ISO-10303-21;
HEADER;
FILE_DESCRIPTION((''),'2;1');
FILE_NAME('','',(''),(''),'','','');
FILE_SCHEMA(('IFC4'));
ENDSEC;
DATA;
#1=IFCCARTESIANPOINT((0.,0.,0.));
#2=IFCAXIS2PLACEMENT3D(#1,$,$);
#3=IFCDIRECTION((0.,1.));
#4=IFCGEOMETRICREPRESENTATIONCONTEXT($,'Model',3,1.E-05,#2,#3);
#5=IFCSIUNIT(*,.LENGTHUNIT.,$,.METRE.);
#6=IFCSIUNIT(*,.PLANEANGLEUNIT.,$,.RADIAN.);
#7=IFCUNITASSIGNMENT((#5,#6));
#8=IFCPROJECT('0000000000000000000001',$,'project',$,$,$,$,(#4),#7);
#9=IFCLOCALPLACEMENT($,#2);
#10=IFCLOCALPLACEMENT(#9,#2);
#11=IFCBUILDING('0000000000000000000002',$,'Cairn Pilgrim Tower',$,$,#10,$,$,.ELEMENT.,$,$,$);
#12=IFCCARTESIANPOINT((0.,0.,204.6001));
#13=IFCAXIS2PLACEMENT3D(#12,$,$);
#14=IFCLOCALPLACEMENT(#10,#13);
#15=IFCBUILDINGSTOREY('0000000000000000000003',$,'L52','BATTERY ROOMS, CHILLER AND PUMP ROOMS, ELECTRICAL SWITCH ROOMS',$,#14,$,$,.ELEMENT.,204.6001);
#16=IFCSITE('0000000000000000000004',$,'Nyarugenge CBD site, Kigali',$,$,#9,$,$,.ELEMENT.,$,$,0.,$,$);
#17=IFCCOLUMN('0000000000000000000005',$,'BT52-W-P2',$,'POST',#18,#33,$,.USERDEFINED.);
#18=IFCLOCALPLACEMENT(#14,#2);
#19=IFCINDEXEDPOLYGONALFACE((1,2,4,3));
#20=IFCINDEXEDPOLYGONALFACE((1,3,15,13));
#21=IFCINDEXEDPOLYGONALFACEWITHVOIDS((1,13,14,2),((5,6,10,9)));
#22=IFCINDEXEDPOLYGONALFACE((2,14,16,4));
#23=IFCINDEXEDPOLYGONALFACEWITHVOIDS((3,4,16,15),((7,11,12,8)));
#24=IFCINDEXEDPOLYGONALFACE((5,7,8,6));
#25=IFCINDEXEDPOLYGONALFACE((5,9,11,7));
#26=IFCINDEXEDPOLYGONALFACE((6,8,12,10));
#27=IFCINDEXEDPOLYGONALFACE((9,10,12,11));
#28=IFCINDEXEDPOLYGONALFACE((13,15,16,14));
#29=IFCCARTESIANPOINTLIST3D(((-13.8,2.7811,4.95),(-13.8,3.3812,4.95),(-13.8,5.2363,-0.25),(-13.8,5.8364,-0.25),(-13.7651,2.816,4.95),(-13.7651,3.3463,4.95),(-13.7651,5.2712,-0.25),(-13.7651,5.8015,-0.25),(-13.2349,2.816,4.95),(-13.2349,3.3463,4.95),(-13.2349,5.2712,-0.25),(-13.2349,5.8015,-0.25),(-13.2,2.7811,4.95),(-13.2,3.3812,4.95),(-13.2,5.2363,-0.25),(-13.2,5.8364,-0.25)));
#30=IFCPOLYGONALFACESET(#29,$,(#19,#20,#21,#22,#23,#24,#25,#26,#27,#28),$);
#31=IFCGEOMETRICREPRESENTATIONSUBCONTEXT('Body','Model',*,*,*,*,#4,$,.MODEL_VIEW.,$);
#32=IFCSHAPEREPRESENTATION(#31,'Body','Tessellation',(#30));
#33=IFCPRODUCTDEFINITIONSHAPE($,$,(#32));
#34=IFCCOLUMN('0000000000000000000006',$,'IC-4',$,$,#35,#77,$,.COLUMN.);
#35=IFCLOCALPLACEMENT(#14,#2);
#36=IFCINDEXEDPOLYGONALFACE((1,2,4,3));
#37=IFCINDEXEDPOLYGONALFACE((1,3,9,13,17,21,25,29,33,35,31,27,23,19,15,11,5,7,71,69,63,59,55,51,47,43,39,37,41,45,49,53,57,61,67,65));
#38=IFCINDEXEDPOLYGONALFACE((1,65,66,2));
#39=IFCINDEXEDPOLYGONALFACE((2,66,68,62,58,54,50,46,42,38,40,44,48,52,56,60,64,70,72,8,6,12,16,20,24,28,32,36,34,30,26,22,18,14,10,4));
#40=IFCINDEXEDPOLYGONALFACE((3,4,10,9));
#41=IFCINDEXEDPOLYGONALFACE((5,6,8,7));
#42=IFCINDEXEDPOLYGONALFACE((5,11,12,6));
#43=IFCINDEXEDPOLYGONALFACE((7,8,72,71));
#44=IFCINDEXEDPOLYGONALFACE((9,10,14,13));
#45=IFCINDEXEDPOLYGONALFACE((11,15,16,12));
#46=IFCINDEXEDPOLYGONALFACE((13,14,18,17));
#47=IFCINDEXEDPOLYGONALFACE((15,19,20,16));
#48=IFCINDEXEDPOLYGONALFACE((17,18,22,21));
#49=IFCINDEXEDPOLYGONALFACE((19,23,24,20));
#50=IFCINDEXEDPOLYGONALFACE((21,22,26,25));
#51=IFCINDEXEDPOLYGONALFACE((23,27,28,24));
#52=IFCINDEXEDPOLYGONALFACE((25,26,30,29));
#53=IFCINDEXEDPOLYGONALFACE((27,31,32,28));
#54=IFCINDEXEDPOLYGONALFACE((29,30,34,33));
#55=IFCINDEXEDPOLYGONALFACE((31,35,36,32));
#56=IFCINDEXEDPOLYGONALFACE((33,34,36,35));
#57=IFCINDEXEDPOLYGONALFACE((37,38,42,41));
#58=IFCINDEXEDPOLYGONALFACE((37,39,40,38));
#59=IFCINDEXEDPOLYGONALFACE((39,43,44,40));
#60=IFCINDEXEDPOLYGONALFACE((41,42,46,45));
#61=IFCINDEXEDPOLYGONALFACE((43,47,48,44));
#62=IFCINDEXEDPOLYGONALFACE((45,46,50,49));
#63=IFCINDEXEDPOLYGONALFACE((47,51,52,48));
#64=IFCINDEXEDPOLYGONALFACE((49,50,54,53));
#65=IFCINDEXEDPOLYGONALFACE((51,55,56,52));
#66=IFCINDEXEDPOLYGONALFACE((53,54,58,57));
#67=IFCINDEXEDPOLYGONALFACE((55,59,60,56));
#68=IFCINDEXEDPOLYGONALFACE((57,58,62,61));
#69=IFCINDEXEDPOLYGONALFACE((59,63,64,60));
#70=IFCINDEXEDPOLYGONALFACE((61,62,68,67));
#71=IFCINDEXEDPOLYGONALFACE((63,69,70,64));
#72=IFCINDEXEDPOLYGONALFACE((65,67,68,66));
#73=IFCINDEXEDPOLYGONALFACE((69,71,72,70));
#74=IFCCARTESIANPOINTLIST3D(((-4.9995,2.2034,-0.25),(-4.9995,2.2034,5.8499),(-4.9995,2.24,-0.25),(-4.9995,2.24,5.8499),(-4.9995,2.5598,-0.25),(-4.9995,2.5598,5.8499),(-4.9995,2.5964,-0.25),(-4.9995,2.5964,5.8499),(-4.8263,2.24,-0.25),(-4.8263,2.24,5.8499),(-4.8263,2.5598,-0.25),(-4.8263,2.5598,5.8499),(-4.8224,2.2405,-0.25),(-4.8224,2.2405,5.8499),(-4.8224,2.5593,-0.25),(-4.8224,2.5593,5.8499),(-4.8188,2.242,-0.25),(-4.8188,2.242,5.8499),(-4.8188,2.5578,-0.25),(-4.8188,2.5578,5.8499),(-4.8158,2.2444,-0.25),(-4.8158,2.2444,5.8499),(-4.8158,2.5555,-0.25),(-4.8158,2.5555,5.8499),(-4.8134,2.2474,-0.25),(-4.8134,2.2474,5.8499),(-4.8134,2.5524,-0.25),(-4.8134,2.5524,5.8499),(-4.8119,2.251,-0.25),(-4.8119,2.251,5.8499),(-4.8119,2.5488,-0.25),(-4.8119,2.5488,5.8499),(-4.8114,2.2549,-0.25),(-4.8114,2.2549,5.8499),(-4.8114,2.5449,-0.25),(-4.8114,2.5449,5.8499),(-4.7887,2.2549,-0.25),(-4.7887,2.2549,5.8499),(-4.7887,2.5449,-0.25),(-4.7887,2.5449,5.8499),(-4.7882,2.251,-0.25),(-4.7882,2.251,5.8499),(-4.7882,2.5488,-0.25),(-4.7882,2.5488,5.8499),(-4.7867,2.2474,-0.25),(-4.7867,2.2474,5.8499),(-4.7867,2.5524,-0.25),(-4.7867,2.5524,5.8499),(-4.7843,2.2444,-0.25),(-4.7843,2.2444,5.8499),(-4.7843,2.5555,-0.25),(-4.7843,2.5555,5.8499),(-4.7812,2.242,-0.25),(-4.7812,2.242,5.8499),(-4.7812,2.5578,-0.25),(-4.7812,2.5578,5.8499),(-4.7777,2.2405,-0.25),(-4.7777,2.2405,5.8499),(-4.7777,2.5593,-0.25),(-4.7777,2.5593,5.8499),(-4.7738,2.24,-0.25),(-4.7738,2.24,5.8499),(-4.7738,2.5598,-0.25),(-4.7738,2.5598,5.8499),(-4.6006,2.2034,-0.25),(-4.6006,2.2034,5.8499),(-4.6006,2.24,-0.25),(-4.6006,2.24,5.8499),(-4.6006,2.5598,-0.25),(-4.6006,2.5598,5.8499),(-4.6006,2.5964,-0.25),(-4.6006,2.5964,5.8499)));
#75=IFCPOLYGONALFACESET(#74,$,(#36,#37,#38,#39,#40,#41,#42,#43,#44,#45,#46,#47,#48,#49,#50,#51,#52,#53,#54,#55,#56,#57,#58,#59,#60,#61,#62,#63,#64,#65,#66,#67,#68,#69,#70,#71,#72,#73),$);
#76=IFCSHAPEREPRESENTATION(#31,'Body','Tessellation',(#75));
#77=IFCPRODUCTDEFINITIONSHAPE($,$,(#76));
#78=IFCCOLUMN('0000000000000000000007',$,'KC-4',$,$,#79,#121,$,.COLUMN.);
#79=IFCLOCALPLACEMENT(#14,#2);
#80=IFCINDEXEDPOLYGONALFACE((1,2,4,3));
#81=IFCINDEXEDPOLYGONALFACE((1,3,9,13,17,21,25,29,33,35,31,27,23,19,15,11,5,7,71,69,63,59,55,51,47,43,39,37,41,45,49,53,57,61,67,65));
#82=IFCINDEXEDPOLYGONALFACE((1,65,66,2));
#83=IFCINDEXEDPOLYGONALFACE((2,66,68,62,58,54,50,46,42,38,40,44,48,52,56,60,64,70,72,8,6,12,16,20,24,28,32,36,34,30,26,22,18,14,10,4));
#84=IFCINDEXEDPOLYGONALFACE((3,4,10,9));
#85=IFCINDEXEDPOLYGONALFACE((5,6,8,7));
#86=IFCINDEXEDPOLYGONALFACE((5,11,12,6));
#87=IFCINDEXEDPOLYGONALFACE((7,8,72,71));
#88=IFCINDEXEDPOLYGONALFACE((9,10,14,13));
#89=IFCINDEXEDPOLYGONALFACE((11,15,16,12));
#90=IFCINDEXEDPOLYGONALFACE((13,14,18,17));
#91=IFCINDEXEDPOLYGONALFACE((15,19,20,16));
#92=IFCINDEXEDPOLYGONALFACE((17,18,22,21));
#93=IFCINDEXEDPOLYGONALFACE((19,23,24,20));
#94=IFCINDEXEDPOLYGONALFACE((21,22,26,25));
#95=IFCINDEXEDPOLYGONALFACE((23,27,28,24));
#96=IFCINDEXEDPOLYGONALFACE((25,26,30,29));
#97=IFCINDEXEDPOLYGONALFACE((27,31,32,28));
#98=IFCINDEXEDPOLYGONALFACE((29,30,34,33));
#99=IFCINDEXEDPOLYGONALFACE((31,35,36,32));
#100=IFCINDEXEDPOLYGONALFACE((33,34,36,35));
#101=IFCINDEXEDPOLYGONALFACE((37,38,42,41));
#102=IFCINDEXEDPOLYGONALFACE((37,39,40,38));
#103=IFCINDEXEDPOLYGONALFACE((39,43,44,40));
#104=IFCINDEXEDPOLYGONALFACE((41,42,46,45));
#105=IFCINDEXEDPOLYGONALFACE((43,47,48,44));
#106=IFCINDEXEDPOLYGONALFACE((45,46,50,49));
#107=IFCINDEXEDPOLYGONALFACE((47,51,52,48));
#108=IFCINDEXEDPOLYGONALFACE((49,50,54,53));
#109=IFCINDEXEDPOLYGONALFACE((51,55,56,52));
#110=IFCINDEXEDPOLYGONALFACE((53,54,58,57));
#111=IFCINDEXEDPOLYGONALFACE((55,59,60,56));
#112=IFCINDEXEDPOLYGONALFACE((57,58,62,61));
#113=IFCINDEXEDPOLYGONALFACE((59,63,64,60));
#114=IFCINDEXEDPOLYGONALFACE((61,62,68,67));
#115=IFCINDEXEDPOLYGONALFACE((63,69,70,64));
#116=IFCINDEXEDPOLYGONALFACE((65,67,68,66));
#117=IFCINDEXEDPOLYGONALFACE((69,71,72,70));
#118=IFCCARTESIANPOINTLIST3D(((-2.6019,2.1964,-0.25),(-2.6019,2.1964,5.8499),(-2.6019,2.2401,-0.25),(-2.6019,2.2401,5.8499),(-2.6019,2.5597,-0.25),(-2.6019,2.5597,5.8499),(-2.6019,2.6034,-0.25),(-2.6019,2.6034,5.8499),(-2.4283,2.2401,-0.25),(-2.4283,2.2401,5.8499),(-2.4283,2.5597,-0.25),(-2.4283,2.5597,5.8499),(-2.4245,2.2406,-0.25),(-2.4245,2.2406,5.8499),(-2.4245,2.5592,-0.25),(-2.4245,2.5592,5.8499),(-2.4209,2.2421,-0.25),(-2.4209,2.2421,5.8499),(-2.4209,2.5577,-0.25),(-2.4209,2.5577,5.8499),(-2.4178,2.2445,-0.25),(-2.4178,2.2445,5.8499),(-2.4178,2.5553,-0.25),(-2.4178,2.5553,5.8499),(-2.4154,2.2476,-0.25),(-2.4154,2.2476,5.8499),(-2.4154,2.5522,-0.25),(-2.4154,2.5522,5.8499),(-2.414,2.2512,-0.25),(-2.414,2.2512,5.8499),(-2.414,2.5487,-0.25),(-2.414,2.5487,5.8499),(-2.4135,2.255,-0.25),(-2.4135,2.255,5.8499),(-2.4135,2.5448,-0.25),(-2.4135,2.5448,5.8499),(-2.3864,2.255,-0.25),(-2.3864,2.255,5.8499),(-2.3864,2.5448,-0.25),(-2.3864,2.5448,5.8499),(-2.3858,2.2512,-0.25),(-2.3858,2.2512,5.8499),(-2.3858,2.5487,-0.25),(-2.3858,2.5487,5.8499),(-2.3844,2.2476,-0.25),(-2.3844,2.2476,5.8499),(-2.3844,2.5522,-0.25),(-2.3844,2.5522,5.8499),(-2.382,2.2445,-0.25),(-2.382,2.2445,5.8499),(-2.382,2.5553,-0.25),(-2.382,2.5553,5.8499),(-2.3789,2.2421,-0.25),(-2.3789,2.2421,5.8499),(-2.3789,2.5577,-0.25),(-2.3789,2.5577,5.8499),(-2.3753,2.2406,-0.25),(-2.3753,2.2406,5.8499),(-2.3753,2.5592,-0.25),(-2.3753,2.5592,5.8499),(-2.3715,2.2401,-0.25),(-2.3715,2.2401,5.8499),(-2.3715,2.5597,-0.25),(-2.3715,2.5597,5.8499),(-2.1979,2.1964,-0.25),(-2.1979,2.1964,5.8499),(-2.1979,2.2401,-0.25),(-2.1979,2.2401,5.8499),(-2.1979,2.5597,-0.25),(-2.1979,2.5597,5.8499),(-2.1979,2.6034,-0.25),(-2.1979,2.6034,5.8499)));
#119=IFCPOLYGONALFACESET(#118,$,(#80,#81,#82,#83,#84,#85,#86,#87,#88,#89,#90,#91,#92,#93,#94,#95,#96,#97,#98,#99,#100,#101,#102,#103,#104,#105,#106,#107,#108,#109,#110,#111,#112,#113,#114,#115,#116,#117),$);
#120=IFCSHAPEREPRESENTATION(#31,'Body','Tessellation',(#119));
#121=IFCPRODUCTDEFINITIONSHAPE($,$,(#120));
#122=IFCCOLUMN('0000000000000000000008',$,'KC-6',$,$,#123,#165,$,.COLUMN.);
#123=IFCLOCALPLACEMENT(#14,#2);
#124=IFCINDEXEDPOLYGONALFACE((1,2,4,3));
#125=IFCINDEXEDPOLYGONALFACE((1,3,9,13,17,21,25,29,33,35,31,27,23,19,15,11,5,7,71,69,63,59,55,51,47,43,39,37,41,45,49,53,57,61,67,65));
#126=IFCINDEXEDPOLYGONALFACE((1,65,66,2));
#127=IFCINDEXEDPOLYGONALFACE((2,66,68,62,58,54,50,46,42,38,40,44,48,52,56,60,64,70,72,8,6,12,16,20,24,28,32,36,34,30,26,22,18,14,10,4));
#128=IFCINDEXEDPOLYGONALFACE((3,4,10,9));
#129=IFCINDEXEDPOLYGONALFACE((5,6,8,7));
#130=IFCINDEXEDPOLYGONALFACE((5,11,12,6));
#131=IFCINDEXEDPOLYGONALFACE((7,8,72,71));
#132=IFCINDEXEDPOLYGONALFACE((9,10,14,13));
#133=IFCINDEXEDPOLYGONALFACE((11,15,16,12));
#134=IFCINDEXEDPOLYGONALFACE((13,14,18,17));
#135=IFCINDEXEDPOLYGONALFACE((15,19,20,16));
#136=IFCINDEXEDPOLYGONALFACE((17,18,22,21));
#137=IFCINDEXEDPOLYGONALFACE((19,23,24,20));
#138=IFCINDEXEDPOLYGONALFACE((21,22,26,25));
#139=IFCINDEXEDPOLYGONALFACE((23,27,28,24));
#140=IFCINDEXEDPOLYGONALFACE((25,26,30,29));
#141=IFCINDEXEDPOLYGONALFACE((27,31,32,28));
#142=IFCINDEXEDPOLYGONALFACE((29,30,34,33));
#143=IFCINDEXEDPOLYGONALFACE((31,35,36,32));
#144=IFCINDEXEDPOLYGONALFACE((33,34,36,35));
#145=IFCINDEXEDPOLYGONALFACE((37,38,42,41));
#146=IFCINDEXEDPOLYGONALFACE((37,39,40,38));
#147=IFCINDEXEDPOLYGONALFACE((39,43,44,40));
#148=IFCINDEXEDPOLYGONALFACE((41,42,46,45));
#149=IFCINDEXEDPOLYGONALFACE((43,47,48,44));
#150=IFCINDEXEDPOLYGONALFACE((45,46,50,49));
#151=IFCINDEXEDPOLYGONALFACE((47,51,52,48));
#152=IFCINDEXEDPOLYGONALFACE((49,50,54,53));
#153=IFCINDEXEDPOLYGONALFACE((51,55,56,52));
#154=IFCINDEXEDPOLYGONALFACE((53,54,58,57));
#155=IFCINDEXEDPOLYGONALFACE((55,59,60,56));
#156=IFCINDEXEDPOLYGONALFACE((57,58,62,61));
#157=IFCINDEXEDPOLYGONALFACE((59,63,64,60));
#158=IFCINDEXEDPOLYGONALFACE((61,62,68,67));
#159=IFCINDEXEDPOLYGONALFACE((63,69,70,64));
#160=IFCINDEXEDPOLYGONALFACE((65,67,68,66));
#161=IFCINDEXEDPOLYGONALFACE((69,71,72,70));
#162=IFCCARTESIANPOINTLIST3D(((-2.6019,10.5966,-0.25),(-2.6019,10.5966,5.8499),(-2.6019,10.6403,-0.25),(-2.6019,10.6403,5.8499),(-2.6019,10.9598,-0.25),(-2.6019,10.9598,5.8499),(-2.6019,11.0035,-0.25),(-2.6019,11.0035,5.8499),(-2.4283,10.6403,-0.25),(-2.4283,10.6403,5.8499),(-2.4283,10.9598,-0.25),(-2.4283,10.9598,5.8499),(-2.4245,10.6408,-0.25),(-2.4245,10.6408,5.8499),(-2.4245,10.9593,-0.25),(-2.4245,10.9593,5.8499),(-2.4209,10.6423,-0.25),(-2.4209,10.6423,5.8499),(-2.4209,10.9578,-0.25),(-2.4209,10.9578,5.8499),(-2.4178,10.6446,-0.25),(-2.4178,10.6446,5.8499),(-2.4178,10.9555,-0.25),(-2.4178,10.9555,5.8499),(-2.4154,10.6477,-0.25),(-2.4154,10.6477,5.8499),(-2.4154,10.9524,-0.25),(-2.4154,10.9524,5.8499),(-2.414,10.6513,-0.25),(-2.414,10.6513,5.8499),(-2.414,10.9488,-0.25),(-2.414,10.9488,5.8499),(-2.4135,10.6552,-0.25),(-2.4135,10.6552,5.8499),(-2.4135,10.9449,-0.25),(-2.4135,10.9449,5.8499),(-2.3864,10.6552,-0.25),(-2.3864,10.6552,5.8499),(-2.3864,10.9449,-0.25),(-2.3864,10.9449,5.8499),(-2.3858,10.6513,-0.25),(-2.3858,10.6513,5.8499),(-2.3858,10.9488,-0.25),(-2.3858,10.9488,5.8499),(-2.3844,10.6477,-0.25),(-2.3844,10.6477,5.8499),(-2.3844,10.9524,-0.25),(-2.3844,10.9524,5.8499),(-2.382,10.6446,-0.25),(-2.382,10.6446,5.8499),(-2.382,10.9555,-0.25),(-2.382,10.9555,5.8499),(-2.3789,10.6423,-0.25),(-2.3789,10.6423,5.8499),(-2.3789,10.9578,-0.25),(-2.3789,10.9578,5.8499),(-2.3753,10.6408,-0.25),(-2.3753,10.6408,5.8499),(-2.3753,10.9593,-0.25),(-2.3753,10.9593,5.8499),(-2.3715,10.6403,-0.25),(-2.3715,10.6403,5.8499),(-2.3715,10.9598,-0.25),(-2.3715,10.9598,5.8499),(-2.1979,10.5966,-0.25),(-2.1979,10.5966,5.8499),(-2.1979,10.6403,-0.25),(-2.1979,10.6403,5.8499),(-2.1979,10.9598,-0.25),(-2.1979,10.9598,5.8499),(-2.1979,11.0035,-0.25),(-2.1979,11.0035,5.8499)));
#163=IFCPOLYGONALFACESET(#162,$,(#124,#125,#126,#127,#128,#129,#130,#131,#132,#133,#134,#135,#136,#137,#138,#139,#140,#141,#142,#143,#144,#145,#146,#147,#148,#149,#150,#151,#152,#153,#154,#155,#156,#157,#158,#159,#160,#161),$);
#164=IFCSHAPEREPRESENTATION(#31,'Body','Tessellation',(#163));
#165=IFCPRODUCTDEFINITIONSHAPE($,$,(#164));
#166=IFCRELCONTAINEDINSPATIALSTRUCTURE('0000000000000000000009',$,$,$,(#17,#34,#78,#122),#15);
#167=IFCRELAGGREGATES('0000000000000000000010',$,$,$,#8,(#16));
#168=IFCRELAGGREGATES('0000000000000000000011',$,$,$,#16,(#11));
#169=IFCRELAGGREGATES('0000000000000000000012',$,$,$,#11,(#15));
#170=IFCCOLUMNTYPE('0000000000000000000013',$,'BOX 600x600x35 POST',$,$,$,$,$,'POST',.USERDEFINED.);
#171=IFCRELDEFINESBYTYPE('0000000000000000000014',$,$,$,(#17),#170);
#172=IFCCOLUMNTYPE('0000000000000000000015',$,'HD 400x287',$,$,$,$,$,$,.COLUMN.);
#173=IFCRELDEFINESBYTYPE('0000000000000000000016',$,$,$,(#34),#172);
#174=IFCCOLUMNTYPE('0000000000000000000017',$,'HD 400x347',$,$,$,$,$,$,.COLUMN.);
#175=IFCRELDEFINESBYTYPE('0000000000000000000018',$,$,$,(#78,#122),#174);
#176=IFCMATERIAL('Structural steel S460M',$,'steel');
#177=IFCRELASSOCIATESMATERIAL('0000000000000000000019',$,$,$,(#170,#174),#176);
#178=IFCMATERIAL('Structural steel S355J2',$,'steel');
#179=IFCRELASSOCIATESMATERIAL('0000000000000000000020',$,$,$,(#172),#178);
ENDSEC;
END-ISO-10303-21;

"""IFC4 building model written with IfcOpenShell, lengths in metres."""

from ifc_helpers import new_model, si_unit, direction, frame, origin, origin_2d, place, context, subcontext, project, spatial, hollow_rectangle, i_section, extrude, clip, halfspace, material, material_profile, profile_set, type_object, element, save


model = new_model("IFC4")

# Units and contexts
model_context = context("Model", 3, precision=1e-05, world=origin(), true_north=direction((0.0, 1.0)))
body_context = subcontext(model_context, "Body", "Model", "MODEL_VIEW")
ifc_project = project(units=[si_unit("LENGTHUNIT", "METRE"), si_unit("PLANEANGLEUNIT", "RADIAN")], contexts=[model_context])

# Site, building, storey
site_placement = place(None, origin())
site = spatial("IfcSite", under=ifc_project, at=site_placement, Name="Nyarugenge CBD site, Kigali", CompositionType="ELEMENT", RefElevation=0.0)
building_placement = place(site_placement, origin())
building = spatial("IfcBuilding", under=site, at=building_placement, Name="Cairn Pilgrim Tower", CompositionType="ELEMENT")
storey_placement = place(building_placement, frame((0.0, 0.0, 204.6001)))
storey = spatial("IfcBuildingStorey", under=building, at=storey_placement, Name="L52", Description="BATTERY ROOMS, CHILLER AND PUMP ROOMS, ELECTRICAL SWITCH ROOMS", CompositionType="ELEMENT", Elevation=204.6001)

# Columns
ifc_material_1 = material(Name="Structural steel S460M", Category="steel")
ifc_material_profile_1 = material_profile(ifc_material_1, hollow_rectangle(XDim=0.6001, YDim=0.6001, WallThickness=0.0349, at=origin_2d()), Name="BOX 600x600x35")
ifc_profile_set_1 = profile_set([ifc_material_profile_1], Name="Structural steel S460M")
column_type_1 = type_object("IfcColumnType", Name="BOX 600x600x35 POST", ElementType="POST", PredefinedType="USERDEFINED", material=ifc_profile_set_1)
column_1_placement = place(storey_placement, frame((-13.5, 5.5364, -0.25), z_axis=(0.0, 0.0, 1.0), x_axis=(1.0, 0.0, 0.0)))
element("IfcColumn", 1, at=column_1_placement, inside=storey, type_object=column_type_1, Name="BT52-W-P2", ObjectType="POST", PredefinedType="USERDEFINED", context=body_context, shape_type="Clipping", body=[
    clip(extrude(hollow_rectangle(XDim=0.6001, YDim=0.6001, WallThickness=0.0349, at=origin_2d()), origin(), (0.0, -0.426963, 0.904269), 6.7456), halfspace(frame((0.0, 0.0, 5.2), z_axis=(0.0, 0.0, 1.0), x_axis=(1.0, 0.0, 0.0)), False)),
])
ifc_material_2 = material(Name="Structural steel S355J2", Category="steel")
ifc_material_profile_2 = material_profile(ifc_material_2, i_section(OverallWidth=0.3989, OverallDepth=0.3931, WebThickness=0.0227, FlangeThickness=0.0366, FilletRadius=0.0149, at=origin_2d()), Name="HD 400x287")
ifc_profile_set_2 = profile_set([ifc_material_profile_2], Name="Structural steel S355J2")
column_type_2 = type_object("IfcColumnType", Name="HD 400x287", PredefinedType="COLUMN", material=ifc_profile_set_2)
column_2_placement = place(storey_placement, frame((-4.8, 2.3999, -0.25), z_axis=(0.0, 0.0, 1.0), x_axis=(1.0, 0.0, 0.0)))
element("IfcColumn", 2, at=column_2_placement, inside=storey, type_object=column_type_2, Name="IC-4", PredefinedType="COLUMN", context=body_context, shape_type="SweptSolid", body=[
    extrude(i_section(OverallWidth=0.3989, OverallDepth=0.3931, WebThickness=0.0227, FlangeThickness=0.0366, FilletRadius=0.0149, at=origin_2d()), origin(), (0.0, 0.0, 1.0), 6.0999),
])
ifc_material_profile_3 = material_profile(ifc_material_1, i_section(OverallWidth=0.4041, OverallDepth=0.407, WebThickness=0.0271, FlangeThickness=0.0437, FilletRadius=0.0149, at=origin_2d()), Name="HD 400x347")
ifc_profile_set_3 = profile_set([ifc_material_profile_3], Name="Structural steel S460M")
column_type_3 = type_object("IfcColumnType", Name="HD 400x347", PredefinedType="COLUMN", material=ifc_profile_set_3)
for number, where, z_axis, x_axis, name in (
    (3, (-2.3999, 2.3999, -0.25), (0.0, 0.0, 1.0), (1.0, 0.0, 0.0), "KC-4"),
    (4, (-2.3999, 10.8, -0.25), (0.0, 0.0, 1.0), (1.0, 0.0, 0.0), "KC-6"),
):
    element("IfcColumn", number, at=place(storey_placement, frame(where, z_axis=z_axis, x_axis=x_axis)), inside=storey, type_object=column_type_3, Name=name, PredefinedType="COLUMN", context=body_context, shape_type="SweptSolid", body=[
        extrude(i_section(OverallWidth=0.4041, OverallDepth=0.407, WebThickness=0.0271, FlangeThickness=0.0437, FilletRadius=0.0149, at=origin_2d()), origin(), (0.0, 0.0, 1.0), 6.0999),
    ])

save(model, "model.ifc")
